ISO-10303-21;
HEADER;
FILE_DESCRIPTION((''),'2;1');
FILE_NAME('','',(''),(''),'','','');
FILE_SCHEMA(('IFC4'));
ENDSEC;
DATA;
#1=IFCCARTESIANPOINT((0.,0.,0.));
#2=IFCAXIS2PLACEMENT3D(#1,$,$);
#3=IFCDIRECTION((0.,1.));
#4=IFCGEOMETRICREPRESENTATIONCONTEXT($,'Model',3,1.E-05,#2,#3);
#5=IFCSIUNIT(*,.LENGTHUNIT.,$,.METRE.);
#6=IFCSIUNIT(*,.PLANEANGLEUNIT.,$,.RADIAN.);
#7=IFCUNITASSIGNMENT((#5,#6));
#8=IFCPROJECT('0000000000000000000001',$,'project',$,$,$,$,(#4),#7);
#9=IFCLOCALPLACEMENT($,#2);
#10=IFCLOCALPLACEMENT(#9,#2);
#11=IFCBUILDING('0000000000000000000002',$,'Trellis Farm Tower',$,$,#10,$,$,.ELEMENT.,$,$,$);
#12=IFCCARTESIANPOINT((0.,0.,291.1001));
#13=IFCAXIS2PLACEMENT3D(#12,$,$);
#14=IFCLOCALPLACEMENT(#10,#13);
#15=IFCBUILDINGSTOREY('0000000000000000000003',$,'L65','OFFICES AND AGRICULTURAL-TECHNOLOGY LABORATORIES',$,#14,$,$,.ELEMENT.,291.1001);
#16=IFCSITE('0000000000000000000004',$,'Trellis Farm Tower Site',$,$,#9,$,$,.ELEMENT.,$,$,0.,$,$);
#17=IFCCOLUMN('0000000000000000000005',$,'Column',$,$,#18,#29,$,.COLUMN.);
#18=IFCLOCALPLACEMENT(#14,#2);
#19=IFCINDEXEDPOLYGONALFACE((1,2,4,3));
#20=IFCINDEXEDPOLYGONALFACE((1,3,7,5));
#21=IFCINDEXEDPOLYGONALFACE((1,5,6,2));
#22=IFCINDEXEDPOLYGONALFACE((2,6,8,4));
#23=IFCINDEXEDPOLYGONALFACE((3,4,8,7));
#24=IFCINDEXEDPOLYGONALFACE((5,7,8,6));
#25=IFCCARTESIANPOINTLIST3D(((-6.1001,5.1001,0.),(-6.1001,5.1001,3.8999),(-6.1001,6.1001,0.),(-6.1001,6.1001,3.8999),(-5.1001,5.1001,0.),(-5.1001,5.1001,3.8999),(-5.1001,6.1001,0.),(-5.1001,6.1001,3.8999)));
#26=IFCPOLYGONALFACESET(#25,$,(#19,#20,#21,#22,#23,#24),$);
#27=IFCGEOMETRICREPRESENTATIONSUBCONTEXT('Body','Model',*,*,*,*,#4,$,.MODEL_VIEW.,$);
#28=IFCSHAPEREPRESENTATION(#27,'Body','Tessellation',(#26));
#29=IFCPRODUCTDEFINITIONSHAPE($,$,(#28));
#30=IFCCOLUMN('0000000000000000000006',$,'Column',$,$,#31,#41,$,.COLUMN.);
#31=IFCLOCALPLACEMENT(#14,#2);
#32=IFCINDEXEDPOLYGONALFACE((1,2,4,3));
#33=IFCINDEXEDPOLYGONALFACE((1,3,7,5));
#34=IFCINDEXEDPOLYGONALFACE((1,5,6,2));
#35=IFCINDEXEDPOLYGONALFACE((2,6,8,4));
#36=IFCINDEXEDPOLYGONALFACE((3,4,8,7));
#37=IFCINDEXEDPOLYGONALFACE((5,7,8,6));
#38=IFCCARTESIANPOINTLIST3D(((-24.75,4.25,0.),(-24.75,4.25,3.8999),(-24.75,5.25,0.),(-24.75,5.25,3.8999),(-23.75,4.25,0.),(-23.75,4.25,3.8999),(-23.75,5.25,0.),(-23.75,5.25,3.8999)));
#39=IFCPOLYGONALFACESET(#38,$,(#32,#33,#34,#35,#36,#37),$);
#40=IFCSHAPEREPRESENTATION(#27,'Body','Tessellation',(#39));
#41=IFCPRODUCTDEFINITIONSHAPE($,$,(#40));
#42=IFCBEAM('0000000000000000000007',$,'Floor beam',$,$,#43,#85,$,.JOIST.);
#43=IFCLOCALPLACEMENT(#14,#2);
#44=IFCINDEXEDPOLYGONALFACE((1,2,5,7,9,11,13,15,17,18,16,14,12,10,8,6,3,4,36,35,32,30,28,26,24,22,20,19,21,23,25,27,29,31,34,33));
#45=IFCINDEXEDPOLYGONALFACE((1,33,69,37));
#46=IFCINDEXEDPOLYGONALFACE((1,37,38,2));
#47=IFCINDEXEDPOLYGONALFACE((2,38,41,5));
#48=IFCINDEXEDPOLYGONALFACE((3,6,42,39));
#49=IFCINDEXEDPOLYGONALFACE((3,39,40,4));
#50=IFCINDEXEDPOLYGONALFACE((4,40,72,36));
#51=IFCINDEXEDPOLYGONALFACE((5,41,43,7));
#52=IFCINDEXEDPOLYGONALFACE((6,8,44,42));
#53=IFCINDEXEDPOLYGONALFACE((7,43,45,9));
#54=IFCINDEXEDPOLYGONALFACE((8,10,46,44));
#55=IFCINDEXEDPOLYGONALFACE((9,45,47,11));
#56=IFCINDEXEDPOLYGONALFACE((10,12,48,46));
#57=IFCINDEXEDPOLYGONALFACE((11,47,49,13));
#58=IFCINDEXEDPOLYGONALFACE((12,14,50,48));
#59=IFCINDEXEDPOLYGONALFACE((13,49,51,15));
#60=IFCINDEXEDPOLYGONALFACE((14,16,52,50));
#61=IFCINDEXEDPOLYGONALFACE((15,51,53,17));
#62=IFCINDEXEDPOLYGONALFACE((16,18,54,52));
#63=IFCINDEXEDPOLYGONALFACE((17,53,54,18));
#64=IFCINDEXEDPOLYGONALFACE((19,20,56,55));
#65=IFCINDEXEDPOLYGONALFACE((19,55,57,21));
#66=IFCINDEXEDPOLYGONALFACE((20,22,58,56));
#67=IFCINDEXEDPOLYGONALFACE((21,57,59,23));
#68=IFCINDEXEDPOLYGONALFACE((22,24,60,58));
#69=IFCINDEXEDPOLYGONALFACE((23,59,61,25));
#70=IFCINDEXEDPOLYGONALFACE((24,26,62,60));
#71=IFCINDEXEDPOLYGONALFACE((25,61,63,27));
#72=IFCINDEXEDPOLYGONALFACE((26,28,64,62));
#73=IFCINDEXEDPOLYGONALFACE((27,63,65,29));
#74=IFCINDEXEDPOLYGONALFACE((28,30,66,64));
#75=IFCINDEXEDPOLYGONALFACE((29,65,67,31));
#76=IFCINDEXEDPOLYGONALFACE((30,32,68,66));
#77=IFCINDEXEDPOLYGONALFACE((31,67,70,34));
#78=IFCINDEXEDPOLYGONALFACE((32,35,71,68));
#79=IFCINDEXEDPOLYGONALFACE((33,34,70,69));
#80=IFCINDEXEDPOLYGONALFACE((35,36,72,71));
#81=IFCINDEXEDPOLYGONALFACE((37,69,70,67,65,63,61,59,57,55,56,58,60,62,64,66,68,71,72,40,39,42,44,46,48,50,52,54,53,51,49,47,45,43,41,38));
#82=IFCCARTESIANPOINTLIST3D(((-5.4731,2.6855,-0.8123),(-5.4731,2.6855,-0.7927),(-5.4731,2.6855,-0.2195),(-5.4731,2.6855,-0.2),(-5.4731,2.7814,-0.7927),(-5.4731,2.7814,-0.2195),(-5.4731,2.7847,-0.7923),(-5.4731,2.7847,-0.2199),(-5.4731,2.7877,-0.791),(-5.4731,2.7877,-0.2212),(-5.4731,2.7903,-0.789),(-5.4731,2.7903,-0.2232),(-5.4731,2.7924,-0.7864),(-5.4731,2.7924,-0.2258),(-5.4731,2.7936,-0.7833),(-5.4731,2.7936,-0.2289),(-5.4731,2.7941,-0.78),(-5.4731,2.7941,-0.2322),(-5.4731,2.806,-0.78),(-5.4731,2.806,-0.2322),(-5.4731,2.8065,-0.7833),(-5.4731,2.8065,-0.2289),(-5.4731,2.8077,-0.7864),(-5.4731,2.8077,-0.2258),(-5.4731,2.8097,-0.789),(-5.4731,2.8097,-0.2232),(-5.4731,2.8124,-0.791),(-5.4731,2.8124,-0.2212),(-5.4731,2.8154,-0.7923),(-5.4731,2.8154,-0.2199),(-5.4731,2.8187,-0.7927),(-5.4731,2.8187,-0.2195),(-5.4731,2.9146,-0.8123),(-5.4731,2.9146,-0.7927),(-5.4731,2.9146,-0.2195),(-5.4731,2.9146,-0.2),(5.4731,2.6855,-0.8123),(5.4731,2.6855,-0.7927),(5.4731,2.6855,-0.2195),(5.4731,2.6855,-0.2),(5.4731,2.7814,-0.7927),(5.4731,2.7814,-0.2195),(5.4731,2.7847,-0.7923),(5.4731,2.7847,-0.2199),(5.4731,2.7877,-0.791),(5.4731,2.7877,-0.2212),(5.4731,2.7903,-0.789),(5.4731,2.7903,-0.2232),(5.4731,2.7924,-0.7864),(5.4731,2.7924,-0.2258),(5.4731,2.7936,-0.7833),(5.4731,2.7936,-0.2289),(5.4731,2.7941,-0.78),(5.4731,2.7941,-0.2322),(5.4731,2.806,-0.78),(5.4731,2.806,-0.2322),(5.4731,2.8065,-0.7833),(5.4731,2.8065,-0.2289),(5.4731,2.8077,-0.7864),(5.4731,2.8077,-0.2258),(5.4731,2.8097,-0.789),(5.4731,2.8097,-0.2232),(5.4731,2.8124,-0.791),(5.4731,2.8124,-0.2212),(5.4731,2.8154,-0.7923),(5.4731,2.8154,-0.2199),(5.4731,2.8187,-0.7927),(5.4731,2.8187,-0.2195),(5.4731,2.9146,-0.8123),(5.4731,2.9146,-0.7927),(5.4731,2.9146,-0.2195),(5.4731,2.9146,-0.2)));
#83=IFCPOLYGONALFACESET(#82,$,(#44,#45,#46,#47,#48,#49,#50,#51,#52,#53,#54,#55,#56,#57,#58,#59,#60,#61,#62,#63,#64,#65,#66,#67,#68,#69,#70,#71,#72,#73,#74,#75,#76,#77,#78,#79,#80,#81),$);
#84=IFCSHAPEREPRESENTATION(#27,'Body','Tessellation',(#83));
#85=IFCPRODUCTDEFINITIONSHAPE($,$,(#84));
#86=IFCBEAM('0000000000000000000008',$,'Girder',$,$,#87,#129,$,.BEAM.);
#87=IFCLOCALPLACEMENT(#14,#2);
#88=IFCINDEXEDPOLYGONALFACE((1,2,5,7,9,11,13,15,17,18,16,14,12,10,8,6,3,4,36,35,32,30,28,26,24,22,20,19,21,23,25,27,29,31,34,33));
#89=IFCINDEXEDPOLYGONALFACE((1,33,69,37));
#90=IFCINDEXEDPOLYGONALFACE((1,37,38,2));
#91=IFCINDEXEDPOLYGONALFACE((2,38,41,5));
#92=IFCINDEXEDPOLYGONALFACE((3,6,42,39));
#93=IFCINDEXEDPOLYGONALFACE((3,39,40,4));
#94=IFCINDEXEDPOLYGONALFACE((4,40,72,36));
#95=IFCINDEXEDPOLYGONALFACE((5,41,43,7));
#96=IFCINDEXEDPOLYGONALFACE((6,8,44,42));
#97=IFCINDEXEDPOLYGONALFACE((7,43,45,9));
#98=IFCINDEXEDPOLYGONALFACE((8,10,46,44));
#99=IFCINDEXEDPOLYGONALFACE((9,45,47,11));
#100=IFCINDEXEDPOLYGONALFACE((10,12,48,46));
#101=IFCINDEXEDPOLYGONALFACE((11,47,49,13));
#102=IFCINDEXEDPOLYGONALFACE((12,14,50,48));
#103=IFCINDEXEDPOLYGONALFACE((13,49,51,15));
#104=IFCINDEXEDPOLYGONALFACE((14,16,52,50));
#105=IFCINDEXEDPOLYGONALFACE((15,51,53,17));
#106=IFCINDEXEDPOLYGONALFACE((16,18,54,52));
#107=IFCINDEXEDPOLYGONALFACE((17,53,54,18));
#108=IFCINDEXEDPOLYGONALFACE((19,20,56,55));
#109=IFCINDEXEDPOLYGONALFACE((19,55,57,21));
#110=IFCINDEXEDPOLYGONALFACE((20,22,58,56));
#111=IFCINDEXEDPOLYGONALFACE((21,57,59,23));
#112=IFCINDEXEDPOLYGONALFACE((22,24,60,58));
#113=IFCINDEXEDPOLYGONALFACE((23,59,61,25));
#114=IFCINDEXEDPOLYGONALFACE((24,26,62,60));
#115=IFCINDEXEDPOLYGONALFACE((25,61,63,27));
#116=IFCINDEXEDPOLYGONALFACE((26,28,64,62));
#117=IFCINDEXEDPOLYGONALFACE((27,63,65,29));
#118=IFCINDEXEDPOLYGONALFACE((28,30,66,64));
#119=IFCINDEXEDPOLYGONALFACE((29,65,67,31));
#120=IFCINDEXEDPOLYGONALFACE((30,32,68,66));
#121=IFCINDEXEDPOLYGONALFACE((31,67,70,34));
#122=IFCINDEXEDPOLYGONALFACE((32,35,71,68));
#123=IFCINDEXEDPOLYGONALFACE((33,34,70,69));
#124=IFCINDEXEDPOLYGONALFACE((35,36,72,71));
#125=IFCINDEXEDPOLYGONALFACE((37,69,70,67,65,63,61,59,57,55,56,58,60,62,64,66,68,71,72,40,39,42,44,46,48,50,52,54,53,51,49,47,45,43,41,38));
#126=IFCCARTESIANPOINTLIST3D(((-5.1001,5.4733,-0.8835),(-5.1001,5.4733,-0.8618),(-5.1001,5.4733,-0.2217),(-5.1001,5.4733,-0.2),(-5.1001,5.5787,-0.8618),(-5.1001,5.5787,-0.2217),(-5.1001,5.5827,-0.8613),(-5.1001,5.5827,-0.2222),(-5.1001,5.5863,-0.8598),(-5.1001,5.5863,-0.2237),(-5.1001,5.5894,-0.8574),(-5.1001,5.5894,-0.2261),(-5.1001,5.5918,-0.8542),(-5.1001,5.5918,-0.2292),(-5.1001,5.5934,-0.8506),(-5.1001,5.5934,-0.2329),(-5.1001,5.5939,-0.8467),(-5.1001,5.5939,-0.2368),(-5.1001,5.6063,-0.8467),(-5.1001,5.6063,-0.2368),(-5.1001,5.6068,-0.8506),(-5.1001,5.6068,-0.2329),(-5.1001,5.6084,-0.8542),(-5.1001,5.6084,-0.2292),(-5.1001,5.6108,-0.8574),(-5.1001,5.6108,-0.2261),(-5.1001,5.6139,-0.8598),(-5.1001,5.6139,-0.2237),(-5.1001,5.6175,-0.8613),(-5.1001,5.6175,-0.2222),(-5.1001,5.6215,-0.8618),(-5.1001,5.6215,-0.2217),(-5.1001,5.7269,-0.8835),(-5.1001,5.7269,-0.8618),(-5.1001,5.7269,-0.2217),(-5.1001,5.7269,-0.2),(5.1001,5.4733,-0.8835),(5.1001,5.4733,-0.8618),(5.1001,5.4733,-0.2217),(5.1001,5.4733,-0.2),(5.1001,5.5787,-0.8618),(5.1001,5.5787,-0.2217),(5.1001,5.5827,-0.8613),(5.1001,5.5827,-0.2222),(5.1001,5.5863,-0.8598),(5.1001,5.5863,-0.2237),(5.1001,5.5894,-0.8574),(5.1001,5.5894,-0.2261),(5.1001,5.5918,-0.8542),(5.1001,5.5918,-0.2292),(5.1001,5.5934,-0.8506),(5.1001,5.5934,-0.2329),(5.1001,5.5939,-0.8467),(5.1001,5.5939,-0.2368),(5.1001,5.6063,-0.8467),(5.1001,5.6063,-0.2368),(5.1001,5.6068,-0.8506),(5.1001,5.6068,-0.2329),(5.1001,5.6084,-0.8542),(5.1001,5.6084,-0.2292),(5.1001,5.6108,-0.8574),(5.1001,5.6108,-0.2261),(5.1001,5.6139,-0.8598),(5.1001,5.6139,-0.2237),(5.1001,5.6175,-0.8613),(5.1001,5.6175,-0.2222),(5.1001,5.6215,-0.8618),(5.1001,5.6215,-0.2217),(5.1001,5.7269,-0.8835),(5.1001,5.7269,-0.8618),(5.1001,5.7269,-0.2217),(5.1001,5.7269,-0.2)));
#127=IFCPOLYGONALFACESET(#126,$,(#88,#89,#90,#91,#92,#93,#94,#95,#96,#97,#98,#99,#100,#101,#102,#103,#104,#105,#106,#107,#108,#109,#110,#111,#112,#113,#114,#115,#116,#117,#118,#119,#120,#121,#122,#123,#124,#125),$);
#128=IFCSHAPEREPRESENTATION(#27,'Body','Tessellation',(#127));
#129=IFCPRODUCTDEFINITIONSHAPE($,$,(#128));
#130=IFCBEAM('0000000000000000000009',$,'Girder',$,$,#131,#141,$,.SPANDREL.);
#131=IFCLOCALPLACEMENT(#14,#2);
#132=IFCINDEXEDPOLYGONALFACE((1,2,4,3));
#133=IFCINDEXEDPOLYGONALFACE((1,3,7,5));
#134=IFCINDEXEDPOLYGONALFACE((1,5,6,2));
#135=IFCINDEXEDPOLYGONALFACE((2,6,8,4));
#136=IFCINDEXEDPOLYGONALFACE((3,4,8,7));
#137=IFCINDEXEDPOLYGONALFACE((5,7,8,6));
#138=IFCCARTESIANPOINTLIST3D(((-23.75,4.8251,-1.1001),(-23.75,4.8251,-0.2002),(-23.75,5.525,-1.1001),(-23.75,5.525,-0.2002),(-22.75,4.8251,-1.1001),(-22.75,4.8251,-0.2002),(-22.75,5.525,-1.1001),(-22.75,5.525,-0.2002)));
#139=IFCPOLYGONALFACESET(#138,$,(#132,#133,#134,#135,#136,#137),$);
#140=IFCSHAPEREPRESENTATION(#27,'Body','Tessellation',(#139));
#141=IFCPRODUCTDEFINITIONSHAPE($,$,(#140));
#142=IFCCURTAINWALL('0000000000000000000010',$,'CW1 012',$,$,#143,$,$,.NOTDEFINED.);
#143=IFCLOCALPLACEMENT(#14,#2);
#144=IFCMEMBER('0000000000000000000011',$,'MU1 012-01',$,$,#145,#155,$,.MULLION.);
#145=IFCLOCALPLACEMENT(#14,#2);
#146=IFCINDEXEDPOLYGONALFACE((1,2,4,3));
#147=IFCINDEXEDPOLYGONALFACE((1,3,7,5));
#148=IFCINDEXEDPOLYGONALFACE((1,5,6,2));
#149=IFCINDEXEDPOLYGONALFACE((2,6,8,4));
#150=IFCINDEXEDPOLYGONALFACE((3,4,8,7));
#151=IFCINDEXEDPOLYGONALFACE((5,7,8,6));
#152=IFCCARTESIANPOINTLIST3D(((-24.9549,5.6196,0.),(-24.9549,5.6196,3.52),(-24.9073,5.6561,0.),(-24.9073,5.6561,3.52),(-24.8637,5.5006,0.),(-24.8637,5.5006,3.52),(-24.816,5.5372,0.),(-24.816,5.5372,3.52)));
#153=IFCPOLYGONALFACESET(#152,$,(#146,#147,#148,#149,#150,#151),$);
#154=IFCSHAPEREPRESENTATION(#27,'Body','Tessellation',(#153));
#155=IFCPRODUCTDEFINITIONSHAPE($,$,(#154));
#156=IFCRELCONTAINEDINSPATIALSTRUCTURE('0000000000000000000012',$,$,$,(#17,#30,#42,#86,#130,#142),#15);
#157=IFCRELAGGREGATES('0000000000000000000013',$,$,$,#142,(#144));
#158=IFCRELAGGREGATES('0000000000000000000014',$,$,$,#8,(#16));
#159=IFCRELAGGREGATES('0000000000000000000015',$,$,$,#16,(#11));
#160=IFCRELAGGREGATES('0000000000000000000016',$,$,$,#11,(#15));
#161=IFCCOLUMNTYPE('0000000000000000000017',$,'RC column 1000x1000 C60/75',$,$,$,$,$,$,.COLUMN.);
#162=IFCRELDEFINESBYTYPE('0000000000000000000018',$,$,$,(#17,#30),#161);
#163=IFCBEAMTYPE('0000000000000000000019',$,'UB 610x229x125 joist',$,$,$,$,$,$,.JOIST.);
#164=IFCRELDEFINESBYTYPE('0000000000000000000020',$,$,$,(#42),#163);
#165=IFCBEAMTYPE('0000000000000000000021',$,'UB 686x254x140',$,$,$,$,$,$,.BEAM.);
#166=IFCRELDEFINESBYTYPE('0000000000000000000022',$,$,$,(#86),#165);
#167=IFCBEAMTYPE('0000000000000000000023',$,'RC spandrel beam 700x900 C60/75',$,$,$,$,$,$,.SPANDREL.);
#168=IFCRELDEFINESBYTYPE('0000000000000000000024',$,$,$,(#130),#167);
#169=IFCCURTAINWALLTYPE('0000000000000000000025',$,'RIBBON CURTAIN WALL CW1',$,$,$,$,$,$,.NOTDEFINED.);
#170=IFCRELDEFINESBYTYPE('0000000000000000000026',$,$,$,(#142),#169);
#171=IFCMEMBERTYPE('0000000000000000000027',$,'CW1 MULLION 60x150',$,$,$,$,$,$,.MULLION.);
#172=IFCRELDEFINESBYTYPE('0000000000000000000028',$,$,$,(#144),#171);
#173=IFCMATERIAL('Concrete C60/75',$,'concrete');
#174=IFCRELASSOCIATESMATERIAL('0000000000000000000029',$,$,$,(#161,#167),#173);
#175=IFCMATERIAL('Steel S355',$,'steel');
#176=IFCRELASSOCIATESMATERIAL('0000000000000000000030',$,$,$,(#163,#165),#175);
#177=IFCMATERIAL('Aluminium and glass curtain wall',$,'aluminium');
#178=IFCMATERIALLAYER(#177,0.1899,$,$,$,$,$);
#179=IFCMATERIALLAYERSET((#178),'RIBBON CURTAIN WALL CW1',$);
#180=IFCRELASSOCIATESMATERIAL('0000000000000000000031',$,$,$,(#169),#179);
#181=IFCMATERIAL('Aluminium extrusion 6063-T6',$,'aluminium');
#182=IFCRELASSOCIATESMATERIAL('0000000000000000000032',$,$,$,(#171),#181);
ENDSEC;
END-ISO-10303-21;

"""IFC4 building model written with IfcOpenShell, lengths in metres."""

from ifc_helpers import new_model, si_unit, direction, frame, origin, origin_2d, place, context, subcontext, project, spatial, rectangle, i_section, extrude, source, transform, mapped, material, layer, layer_set, material_profile, profile_set, type_object, element, aggregate, save


model = new_model("IFC4")

# Units and contexts
model_context = context("Model", 3, precision=1e-05, world=origin(), true_north=direction((0.0, 1.0)))
body_context = subcontext(model_context, "Body", "Model", "MODEL_VIEW")
ifc_project = project(units=[si_unit("LENGTHUNIT", "METRE"), si_unit("PLANEANGLEUNIT", "RADIAN")], contexts=[model_context])

# Site, building, storey
site_placement = place(None, origin())
site = spatial("IfcSite", under=ifc_project, at=site_placement, Name="Trellis Farm Tower Site", CompositionType="ELEMENT", RefElevation=0.0)
building_placement = place(site_placement, origin())
building = spatial("IfcBuilding", under=site, at=building_placement, Name="Trellis Farm Tower", CompositionType="ELEMENT")
storey_placement = place(building_placement, frame((0.0, 0.0, 291.1001)))
storey = spatial("IfcBuildingStorey", under=building, at=storey_placement, Name="L65", Description="OFFICES AND AGRICULTURAL-TECHNOLOGY LABORATORIES", CompositionType="ELEMENT", Elevation=291.1001)

# Columns
ifc_material_1 = material(Name="Concrete C60/75", Category="concrete")
ifc_material_profile_1 = material_profile(ifc_material_1, rectangle(XDim=1.0, YDim=1.0, at=origin_2d()), Name="RC column 1000x1000 C60/75")
ifc_profile_set_1 = profile_set([ifc_material_profile_1], Name="Concrete C60/75")
column_type = type_object("IfcColumnType", Name="RC column 1000x1000 C60/75", PredefinedType="COLUMN", material=ifc_profile_set_1)
shared_shape_1 = source(origin(), body_context, "Body", "SweptSolid", [
    extrude(rectangle(XDim=1.0, YDim=1.0, at=origin_2d()), origin(), (0.0, 0.0, 1.0), 3.8999),
])
for number, where, z_axis, x_axis, name in (
    (1, (-5.6001, 5.6001, 0.0), (0.0, 0.0, 1.0), (1.0, 0.0, 0.0), "Column"),
    (2, (-24.25, 4.75, 0.0), (0.0, 0.0, 1.0), (1.0, 0.0, 0.0), "Column"),
):
    element("IfcColumn", number, at=place(storey_placement, frame(where, z_axis=z_axis, x_axis=x_axis)), inside=storey, type_object=column_type, Name=name, PredefinedType="COLUMN", context=body_context, shape_type="MappedRepresentation", body=[
        mapped(shared_shape_1, transform((0.0, 0.0, 0.0))),
    ])

# Beams
ifc_material_2 = material(Name="Steel S355", Category="steel")
ifc_material_profile_2 = material_profile(ifc_material_2, i_section(OverallWidth=0.229, OverallDepth=0.6123, WebThickness=0.012, FlangeThickness=0.0195, FilletRadius=0.0127, at=origin_2d()), Name="UB 610x229x125")
ifc_profile_set_2 = profile_set([ifc_material_profile_2], Name="Steel S355")
beam_type_1 = type_object("IfcBeamType", Name="UB 610x229x125 joist", PredefinedType="JOIST", material=ifc_profile_set_2)
shared_shape_2 = source(origin(), body_context, "Body", "SweptSolid", [
    extrude(i_section(OverallWidth=0.229, OverallDepth=0.6123, WebThickness=0.012, FlangeThickness=0.0195, FilletRadius=0.0127, at=origin_2d()), origin(), (0.0, 0.0, 1.0), 10.9463),
])
beam_1_placement = place(storey_placement, frame((-5.4731, 2.8, -0.5061), z_axis=(1.0, 0.0, 0.0), x_axis=(0.0, 1.0, 0.0)))
element("IfcBeam", 3, at=beam_1_placement, inside=storey, type_object=beam_type_1, Name="Floor beam", PredefinedType="JOIST", context=body_context, shape_type="MappedRepresentation", body=[
    mapped(shared_shape_2, transform((0.0, 0.0, 0.0))),
])
ifc_material_profile_3 = material_profile(ifc_material_2, i_section(OverallWidth=0.2537, OverallDepth=0.6836, WebThickness=0.0125, FlangeThickness=0.0217, FilletRadius=0.0151, at=origin_2d()), Name="UB 686x254x140")
ifc_profile_set_3 = profile_set([ifc_material_profile_3], Name="Steel S355")
beam_type_2 = type_object("IfcBeamType", Name="UB 686x254x140", PredefinedType="BEAM", material=ifc_profile_set_3)
shared_shape_3 = source(origin(), body_context, "Body", "SweptSolid", [
    extrude(i_section(OverallWidth=0.2537, OverallDepth=0.6836, WebThickness=0.0125, FlangeThickness=0.0217, FilletRadius=0.0151, at=origin_2d()), origin(), (0.0, 0.0, 1.0), 10.2002),
])
beam_2_placement = place(storey_placement, frame((-5.1001, 5.6001, -0.5417), z_axis=(1.0, 0.0, 0.0), x_axis=(0.0, 1.0, 0.0)))
element("IfcBeam", 4, at=beam_2_placement, inside=storey, type_object=beam_type_2, Name="Girder", PredefinedType="BEAM", context=body_context, shape_type="MappedRepresentation", body=[
    mapped(shared_shape_3, transform((0.0, 0.0, 0.0))),
])
ifc_material_profile_4 = material_profile(ifc_material_1, rectangle(XDim=0.7, YDim=0.8999, at=origin_2d()), Name="RC spandrel beam 700x900 C60/75")
ifc_profile_set_4 = profile_set([ifc_material_profile_4], Name="Concrete C60/75")
beam_type_3 = type_object("IfcBeamType", Name="RC spandrel beam 700x900 C60/75", PredefinedType="SPANDREL", material=ifc_profile_set_4)
shared_shape_4 = source(origin(), body_context, "Body", "SweptSolid", [
    extrude(rectangle(XDim=0.7, YDim=0.8999, at=origin_2d()), origin(), (0.0, 0.0, 1.0), 1.0),
])
beam_3_placement = place(storey_placement, frame((-23.75, 5.175, -0.6501), z_axis=(1.0, 0.0, 0.0), x_axis=(0.0, 1.0, 0.0)))
element("IfcBeam", 5, at=beam_3_placement, inside=storey, type_object=beam_type_3, Name="Girder", PredefinedType="SPANDREL", context=body_context, shape_type="MappedRepresentation", body=[
    mapped(shared_shape_4, transform((0.0, 0.0, 0.0))),
])

# Curtain wall, member
ifc_material_3 = material(Name="Aluminium and glass curtain wall", Category="aluminium")
ifc_layer_1 = layer(ifc_material_3, 0.1899)
ifc_layer_set_1 = layer_set([ifc_layer_1], Name="RIBBON CURTAIN WALL CW1")
curtain_wall_type = type_object("IfcCurtainWallType", Name="RIBBON CURTAIN WALL CW1", PredefinedType="NOTDEFINED", material=ifc_layer_set_1)
placement = place(storey_placement, origin())
curtain_wall = element("IfcCurtainWall", 6, at=placement, inside=storey, type_object=curtain_wall_type, Name="CW1 012", PredefinedType="NOTDEFINED")
ifc_material_4 = material(Name="Aluminium extrusion 6063-T6", Category="aluminium")
ifc_material_profile_5 = material_profile(ifc_material_4, rectangle(XDim=0.0601, YDim=0.1499, at=origin_2d()), Name="MULLION 60x150")
ifc_profile_set_5 = profile_set([ifc_material_profile_5], Name="Aluminium extrusion 6063-T6")
member_type = type_object("IfcMemberType", Name="CW1 MULLION 60x150", PredefinedType="MULLION", material=ifc_profile_set_5)
shared_shape_5 = source(origin(), body_context, "Body", "SweptSolid", [
    extrude(rectangle(XDim=0.0601, YDim=0.1499, at=origin_2d()), origin(), (0.0, 0.0, 1.0), 3.52),
])
member_placement = place(storey_placement, frame((-24.8855, 5.5784, 0.0), z_axis=(0.0, 0.0, 1.0), x_axis=(-0.793353, -0.608761, 0.0)))
member = element("IfcMember", 7, at=member_placement, type_object=member_type, Name="MU1 012-01", PredefinedType="MULLION", context=body_context, shape_type="MappedRepresentation", body=[
    mapped(shared_shape_5, transform((0.0, 0.0, 0.0))),
])
aggregate(curtain_wall, [member])

save(model, "model.ifc")
